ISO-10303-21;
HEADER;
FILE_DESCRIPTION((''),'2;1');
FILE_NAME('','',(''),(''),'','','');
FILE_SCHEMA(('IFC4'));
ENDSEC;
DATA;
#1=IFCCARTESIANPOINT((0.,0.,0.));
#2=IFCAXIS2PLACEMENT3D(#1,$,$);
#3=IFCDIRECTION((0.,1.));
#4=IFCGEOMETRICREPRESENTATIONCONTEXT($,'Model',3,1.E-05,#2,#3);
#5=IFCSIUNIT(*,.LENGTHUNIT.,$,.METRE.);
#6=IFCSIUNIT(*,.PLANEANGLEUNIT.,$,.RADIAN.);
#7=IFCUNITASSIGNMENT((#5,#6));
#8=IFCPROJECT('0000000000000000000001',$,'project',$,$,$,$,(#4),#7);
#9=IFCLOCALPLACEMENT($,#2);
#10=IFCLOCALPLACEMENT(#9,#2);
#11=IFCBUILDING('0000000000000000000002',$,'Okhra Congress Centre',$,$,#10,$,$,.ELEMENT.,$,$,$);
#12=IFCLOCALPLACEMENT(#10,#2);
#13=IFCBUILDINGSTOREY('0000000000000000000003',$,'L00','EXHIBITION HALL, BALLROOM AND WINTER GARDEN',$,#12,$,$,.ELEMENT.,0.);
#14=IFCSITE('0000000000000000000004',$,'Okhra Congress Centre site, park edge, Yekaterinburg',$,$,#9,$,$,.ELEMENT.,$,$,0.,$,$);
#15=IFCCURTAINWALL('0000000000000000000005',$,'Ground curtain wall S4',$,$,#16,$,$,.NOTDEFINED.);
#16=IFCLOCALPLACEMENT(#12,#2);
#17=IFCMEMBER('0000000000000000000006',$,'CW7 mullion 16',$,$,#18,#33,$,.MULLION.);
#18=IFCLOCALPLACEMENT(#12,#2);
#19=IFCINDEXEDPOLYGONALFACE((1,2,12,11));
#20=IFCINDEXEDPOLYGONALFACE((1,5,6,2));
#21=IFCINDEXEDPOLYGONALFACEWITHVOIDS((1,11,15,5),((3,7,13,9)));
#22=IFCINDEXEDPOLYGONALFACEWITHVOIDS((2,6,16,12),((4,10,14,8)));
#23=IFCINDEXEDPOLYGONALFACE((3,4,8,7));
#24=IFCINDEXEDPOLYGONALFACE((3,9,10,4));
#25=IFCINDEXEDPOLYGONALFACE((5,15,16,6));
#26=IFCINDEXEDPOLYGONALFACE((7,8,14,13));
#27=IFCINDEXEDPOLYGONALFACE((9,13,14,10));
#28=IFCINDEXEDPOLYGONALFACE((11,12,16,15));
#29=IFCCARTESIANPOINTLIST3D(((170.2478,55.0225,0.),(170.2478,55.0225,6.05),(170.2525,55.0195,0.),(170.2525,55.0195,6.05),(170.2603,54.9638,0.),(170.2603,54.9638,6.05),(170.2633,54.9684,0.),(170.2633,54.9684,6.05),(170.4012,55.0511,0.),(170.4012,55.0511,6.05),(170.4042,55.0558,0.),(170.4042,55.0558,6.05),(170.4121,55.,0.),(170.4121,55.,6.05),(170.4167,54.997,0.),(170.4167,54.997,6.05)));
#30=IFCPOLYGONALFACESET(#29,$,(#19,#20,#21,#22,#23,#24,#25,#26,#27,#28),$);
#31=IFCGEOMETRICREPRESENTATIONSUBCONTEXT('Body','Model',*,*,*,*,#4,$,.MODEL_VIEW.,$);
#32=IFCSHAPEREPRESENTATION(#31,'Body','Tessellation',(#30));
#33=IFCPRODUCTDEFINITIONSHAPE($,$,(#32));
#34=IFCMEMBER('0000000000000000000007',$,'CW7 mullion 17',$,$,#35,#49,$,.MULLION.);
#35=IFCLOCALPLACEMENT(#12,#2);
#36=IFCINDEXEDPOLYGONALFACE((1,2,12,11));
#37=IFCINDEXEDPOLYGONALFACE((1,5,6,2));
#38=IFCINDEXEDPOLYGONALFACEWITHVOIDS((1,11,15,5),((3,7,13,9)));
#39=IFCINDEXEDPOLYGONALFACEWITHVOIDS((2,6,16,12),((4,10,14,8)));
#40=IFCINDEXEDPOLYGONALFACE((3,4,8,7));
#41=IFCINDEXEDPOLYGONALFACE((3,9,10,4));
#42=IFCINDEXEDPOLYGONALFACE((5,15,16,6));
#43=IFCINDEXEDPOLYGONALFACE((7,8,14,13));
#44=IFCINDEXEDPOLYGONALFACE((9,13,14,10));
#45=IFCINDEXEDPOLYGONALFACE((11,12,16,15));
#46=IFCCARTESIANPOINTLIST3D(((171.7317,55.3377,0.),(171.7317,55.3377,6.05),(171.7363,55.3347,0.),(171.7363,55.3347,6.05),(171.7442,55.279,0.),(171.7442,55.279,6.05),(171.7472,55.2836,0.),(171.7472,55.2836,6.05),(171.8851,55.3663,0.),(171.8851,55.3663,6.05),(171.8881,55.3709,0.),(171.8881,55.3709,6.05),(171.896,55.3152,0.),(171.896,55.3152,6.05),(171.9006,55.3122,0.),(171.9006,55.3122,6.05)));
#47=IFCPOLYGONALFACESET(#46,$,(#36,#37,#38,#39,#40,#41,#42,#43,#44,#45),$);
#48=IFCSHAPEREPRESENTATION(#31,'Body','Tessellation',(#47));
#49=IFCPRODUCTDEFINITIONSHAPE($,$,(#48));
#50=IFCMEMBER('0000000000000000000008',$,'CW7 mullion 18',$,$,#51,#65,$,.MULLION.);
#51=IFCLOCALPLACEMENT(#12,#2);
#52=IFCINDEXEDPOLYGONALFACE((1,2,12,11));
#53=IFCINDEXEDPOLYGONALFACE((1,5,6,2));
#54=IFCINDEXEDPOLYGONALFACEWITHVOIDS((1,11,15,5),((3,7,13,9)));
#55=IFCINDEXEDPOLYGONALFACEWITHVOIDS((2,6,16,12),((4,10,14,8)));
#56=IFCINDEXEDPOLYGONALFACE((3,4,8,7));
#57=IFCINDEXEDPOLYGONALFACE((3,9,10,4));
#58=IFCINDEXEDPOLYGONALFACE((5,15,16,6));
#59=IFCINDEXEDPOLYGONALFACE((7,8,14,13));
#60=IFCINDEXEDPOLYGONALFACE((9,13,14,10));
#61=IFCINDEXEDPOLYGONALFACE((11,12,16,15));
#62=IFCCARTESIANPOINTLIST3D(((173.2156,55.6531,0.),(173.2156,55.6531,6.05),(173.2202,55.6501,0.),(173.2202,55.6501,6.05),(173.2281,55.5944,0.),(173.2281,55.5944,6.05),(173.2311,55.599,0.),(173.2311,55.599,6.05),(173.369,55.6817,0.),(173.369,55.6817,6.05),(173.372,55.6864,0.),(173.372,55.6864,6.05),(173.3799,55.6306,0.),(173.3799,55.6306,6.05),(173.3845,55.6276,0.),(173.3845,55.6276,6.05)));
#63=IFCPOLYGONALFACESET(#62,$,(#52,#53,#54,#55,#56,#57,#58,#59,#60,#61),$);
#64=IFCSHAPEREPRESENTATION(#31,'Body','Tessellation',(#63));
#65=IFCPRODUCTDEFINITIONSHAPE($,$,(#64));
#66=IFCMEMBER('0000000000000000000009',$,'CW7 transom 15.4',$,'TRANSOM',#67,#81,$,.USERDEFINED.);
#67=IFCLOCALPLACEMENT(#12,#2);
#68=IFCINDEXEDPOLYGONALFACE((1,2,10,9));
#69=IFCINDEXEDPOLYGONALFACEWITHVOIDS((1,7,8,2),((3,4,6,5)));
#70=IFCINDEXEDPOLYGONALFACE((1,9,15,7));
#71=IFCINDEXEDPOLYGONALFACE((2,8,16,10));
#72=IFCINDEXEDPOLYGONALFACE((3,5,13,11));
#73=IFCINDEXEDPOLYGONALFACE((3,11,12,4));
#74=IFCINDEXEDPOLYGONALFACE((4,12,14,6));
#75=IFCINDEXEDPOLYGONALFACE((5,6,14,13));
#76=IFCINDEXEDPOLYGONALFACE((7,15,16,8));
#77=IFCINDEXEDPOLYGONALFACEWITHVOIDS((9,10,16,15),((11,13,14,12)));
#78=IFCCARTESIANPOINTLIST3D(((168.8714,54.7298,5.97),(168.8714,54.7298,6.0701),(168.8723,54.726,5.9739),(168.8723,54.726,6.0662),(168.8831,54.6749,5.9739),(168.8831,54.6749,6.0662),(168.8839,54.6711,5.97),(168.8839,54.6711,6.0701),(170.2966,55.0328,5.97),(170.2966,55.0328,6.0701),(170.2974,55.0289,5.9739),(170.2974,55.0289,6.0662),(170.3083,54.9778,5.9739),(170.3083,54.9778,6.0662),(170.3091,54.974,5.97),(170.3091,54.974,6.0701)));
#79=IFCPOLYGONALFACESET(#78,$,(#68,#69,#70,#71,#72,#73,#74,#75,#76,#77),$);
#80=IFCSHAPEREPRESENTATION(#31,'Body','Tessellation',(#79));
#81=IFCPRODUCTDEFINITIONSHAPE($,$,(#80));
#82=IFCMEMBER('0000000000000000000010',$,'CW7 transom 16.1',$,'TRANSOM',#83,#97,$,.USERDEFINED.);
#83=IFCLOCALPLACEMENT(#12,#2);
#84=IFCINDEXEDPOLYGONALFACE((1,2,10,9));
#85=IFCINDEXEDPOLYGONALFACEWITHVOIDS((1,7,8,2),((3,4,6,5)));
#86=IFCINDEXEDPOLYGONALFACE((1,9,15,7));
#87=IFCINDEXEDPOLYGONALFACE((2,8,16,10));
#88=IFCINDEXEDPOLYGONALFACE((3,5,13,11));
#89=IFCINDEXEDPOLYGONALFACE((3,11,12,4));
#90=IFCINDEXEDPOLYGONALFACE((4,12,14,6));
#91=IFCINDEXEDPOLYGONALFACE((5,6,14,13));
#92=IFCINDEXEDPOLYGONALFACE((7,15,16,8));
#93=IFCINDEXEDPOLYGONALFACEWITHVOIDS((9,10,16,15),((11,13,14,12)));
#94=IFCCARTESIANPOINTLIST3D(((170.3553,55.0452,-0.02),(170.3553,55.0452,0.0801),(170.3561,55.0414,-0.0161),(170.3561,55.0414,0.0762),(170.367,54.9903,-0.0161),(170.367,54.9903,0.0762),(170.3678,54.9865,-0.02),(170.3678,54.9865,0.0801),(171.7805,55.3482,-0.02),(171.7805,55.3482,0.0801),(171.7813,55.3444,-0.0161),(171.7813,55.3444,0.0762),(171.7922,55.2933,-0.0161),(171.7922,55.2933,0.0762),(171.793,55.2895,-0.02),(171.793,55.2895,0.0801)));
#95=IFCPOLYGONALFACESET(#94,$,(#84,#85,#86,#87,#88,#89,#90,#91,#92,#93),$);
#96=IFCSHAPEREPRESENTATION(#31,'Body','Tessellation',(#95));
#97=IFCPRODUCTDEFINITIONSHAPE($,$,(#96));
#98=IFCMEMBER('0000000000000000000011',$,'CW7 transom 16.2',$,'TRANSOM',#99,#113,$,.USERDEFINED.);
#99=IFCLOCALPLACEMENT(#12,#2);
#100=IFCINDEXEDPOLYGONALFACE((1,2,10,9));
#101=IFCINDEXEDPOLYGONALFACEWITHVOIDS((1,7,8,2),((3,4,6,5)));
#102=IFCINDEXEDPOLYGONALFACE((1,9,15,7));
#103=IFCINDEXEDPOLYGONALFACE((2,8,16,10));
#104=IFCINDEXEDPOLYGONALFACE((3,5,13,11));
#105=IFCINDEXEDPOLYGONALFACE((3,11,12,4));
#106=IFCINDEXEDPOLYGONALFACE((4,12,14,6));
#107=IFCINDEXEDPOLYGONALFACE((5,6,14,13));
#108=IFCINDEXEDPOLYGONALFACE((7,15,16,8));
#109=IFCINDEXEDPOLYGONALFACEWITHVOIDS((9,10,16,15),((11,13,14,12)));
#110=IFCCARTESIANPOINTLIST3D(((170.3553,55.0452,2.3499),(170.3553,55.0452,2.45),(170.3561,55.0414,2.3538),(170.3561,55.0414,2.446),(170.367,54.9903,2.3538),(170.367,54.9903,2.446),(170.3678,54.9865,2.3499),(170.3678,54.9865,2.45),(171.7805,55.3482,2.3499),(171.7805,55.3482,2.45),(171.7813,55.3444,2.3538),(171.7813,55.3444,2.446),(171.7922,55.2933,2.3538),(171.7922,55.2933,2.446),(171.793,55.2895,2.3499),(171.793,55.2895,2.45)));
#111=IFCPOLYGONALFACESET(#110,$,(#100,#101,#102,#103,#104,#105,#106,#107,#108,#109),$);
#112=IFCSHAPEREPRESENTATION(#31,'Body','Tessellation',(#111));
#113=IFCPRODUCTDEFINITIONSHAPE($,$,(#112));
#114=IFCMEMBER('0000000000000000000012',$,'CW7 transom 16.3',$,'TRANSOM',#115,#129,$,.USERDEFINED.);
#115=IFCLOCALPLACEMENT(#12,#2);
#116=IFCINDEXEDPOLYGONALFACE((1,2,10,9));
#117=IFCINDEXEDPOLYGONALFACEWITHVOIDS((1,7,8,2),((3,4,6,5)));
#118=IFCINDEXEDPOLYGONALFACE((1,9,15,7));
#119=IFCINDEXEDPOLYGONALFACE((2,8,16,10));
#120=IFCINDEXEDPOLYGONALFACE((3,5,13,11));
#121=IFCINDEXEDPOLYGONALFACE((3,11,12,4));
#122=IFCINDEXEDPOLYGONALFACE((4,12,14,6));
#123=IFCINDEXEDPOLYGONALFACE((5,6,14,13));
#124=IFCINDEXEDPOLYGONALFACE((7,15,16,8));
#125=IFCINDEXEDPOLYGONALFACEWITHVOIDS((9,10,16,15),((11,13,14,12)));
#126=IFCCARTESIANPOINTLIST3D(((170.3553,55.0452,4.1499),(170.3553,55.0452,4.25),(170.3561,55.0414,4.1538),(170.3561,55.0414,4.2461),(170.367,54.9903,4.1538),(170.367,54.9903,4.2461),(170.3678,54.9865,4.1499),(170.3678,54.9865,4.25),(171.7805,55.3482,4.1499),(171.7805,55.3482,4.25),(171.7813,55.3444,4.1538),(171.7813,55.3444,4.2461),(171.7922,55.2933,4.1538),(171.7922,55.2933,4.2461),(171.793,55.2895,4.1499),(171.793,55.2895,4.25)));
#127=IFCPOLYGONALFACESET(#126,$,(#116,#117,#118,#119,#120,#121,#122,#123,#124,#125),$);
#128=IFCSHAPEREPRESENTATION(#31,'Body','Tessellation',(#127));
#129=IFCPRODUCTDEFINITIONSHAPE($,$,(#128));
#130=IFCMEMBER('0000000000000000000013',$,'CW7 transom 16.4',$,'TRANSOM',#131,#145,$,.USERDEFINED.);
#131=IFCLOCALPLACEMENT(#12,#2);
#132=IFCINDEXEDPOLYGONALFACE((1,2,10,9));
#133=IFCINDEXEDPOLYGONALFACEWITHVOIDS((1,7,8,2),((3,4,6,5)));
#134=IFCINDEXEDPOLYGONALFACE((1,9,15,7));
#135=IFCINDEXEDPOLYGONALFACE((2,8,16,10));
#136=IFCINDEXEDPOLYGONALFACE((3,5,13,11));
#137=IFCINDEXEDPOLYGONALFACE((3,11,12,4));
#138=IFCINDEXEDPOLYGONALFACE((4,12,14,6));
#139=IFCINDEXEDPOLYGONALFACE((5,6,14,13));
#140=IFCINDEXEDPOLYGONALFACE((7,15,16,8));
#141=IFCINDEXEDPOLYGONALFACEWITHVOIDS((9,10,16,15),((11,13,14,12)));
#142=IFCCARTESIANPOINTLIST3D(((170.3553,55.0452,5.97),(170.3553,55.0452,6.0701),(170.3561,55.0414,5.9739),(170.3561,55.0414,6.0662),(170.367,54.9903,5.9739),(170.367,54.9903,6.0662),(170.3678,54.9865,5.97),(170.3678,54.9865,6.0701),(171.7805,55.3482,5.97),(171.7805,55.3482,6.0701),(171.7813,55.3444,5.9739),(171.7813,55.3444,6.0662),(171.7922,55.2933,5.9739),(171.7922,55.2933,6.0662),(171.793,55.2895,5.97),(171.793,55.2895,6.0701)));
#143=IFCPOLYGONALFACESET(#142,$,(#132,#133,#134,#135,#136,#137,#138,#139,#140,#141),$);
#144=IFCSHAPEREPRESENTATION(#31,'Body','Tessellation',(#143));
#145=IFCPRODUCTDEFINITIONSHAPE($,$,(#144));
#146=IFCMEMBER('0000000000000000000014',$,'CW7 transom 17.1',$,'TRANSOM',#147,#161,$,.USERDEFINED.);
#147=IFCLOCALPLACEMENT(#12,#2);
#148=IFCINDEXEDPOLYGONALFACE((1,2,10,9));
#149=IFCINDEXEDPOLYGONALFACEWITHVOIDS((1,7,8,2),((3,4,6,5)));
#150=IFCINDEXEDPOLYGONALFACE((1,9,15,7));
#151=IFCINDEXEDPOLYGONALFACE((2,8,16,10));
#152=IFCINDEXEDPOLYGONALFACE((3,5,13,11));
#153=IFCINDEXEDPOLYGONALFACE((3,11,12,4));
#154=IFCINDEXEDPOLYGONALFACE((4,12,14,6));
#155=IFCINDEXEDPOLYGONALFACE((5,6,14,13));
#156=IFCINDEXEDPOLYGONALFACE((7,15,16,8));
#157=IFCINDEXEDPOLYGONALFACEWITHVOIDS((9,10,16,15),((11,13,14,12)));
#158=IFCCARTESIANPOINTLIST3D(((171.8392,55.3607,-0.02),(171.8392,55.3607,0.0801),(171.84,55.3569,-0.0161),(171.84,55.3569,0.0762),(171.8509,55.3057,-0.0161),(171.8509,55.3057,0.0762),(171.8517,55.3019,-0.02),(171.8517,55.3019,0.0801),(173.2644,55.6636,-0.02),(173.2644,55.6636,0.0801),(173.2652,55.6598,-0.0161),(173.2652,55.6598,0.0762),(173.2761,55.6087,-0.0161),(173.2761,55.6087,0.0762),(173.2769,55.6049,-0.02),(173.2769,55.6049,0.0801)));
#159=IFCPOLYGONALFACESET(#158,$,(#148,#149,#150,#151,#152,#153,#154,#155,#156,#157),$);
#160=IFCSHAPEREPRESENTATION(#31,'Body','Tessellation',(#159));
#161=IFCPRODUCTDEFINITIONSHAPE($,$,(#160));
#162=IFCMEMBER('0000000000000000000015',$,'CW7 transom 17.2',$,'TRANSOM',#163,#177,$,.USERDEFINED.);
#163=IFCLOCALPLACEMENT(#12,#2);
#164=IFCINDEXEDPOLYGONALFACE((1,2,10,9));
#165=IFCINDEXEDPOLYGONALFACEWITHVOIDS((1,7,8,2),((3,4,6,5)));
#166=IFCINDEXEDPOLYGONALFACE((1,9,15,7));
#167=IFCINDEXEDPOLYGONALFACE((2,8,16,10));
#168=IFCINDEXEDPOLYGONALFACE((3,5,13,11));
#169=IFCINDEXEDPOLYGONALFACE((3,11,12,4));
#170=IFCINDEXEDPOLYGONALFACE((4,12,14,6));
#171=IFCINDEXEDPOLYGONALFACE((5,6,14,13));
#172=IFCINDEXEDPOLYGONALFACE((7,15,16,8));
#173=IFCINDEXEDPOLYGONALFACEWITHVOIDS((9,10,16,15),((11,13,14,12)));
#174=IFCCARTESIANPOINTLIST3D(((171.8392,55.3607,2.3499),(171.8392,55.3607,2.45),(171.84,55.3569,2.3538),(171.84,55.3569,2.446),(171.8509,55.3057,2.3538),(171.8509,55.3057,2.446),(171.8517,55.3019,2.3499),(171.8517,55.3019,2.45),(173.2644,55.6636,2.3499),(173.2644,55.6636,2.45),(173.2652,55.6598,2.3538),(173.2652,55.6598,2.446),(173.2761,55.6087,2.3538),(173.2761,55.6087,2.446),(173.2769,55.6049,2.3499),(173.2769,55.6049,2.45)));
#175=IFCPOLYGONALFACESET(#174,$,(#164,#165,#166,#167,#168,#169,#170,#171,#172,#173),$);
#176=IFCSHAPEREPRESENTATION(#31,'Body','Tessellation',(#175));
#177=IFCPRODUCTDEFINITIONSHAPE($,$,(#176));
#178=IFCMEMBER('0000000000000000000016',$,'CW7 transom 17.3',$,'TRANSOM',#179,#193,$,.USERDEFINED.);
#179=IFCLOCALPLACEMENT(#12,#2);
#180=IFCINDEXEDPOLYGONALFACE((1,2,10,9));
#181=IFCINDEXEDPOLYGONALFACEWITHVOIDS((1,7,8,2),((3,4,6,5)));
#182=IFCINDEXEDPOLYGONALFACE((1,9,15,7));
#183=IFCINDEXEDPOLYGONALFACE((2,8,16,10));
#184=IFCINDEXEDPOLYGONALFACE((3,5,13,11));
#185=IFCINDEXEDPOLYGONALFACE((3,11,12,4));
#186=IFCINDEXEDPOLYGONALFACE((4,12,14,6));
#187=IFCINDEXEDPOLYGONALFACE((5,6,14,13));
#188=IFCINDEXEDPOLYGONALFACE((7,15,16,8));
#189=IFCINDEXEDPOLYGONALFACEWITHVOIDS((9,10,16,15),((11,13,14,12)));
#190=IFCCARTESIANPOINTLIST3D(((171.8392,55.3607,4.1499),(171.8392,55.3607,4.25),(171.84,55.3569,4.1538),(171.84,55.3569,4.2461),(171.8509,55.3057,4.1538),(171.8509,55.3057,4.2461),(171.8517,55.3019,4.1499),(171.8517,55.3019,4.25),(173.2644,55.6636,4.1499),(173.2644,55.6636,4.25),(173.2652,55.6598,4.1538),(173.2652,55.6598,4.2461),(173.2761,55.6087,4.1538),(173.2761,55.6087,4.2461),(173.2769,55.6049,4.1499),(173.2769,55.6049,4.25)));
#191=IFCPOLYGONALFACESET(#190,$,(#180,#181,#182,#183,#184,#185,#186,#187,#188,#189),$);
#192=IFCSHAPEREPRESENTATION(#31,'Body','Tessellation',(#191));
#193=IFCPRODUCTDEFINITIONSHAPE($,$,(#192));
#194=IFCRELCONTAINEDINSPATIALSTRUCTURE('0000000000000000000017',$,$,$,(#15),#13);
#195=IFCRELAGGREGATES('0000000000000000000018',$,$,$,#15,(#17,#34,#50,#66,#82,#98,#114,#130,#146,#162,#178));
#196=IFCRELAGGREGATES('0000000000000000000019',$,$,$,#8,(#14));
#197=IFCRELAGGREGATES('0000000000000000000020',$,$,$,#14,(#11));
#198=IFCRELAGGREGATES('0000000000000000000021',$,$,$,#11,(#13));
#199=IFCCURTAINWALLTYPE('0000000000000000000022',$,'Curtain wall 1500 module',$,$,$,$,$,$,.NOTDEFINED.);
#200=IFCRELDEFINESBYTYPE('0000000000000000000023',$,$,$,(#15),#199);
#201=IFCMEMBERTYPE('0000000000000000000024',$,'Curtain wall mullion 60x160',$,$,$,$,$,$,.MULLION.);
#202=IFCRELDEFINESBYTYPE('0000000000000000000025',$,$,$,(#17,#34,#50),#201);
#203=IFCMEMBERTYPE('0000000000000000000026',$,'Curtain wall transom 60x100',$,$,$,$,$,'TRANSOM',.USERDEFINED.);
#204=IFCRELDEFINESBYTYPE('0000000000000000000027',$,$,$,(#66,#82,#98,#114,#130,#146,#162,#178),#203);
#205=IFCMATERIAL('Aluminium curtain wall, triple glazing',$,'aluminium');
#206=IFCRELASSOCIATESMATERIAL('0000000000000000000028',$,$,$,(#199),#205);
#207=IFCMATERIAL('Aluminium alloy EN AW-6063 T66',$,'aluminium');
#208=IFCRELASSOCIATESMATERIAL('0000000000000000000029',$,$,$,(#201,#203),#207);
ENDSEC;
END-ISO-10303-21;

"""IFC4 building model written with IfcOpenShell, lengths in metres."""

from ifc_helpers import new_model, si_unit, direction, frame, origin, origin_2d, place, context, subcontext, project, spatial, hollow_rectangle, extrude, material, material_profile, profile_set, type_object, element, aggregate, save


model = new_model("IFC4")

# Units and contexts
model_context = context("Model", 3, precision=1e-05, world=origin(), true_north=direction((0.0, 1.0)))
body_context = subcontext(model_context, "Body", "Model", "MODEL_VIEW")
ifc_project = project(units=[si_unit("LENGTHUNIT", "METRE"), si_unit("PLANEANGLEUNIT", "RADIAN")], contexts=[model_context])

# Site, building, storey
site_placement = place(None, origin())
site = spatial("IfcSite", under=ifc_project, at=site_placement, Name="Okhra Congress Centre site, park edge, Yekaterinburg", CompositionType="ELEMENT", RefElevation=0.0)
building_placement = place(site_placement, origin())
building = spatial("IfcBuilding", under=site, at=building_placement, Name="Okhra Congress Centre", CompositionType="ELEMENT")
storey_placement = place(building_placement, origin())
storey = spatial("IfcBuildingStorey", under=building, at=storey_placement, Name="L00", Description="EXHIBITION HALL, BALLROOM AND WINTER GARDEN", CompositionType="ELEMENT", Elevation=0.0)

# Curtain wall, members
ifc_material_1 = material(Name="Aluminium curtain wall, triple glazing", Category="aluminium")
curtain_wall_type = type_object("IfcCurtainWallType", Name="Curtain wall 1500 module", PredefinedType="NOTDEFINED", material=ifc_material_1)
curtain_wall_placement = place(storey_placement, origin())
curtain_wall = element("IfcCurtainWall", 1, at=curtain_wall_placement, inside=storey, type_object=curtain_wall_type, Name="Ground curtain wall S4", PredefinedType="NOTDEFINED")
ifc_material_2 = material(Name="Aluminium alloy EN AW-6063 T66", Category="aluminium")
ifc_material_profile_1 = material_profile(ifc_material_2, hollow_rectangle(XDim=0.0601, YDim=0.1599, WallThickness=0.0039, at=origin_2d()), Name="RHS 60x160x4")
ifc_profile_set_1 = profile_set([ifc_material_profile_1], Name="Aluminium alloy EN AW-6063 T66")
member_type_1 = type_object("IfcMemberType", Name="Curtain wall mullion 60x160", PredefinedType="MULLION", material=ifc_profile_set_1)
member_1_placement = place(storey_placement, frame((170.3323, 55.0098, 0.0), z_axis=(0.0, 0.0, 1.0), x_axis=(-0.207912, 0.978148, 0.0)))
member_1 = element("IfcMember", 2, at=member_1_placement, type_object=member_type_1, Name="CW7 mullion 16", PredefinedType="MULLION", context=body_context, shape_type="SweptSolid", body=[
    extrude(hollow_rectangle(XDim=0.0601, YDim=0.1599, WallThickness=0.0039, at=origin_2d()), origin(), (0.0, 0.0, 1.0), 6.05),
])
member_2_placement = place(storey_placement, frame((171.8162, 55.325, 0.0), z_axis=(0.0, 0.0, 1.0), x_axis=(-0.207912, 0.978148, 0.0)))
member_2 = element("IfcMember", 3, at=member_2_placement, type_object=member_type_1, Name="CW7 mullion 17", PredefinedType="MULLION", context=body_context, shape_type="SweptSolid", body=[
    extrude(hollow_rectangle(XDim=0.0601, YDim=0.1599, WallThickness=0.0039, at=origin_2d()), origin(), (0.0, 0.0, 1.0), 6.05),
])
member_3_placement = place(storey_placement, frame((173.3, 55.6404, 0.0), z_axis=(0.0, 0.0, 1.0), x_axis=(-0.207912, 0.978148, 0.0)))
member_3 = element("IfcMember", 4, at=member_3_placement, type_object=member_type_1, Name="CW7 mullion 18", PredefinedType="MULLION", context=body_context, shape_type="SweptSolid", body=[
    extrude(hollow_rectangle(XDim=0.0601, YDim=0.1599, WallThickness=0.0039, at=origin_2d()), origin(), (0.0, 0.0, 1.0), 6.05),
])
ifc_material_profile_2 = material_profile(ifc_material_2, hollow_rectangle(XDim=0.0601, YDim=0.1001, WallThickness=0.0039, at=origin_2d()), Name="RHS 60x100x4")
ifc_profile_set_2 = profile_set([ifc_material_profile_2], Name="Aluminium alloy EN AW-6063 T66")
member_type_2 = type_object("IfcMemberType", Name="Curtain wall transom 60x100", ElementType="TRANSOM", PredefinedType="USERDEFINED", material=ifc_profile_set_2)
member_4_placement = place(storey_placement, frame((168.8777, 54.7004, 6.02), z_axis=(0.978144, 0.207927, 0.0), x_axis=(-0.207927, 0.978144, 0.0)))
member_4 = element("IfcMember", 5, at=member_4_placement, type_object=member_type_2, Name="CW7 transom 15.4", ObjectType="TRANSOM", PredefinedType="USERDEFINED", context=body_context, shape_type="SweptSolid", body=[
    extrude(hollow_rectangle(XDim=0.0601, YDim=0.1001, WallThickness=0.0039, at=origin_2d()), origin(), (0.0, 0.0, 1.0), 1.457),
])
member_5_placement = place(storey_placement, frame((170.3616, 55.0159, 0.03), z_axis=(0.978144, 0.207927, 0.0), x_axis=(-0.207927, 0.978144, 0.0)))
member_5 = element("IfcMember", 6, at=member_5_placement, type_object=member_type_2, Name="CW7 transom 16.1", ObjectType="TRANSOM", PredefinedType="USERDEFINED", context=body_context, shape_type="SweptSolid", body=[
    extrude(hollow_rectangle(XDim=0.0601, YDim=0.1001, WallThickness=0.0039, at=origin_2d()), origin(), (0.0, 0.0, 1.0), 1.457),
])
member_6_placement = place(storey_placement, frame((170.3616, 55.0159, 2.3999), z_axis=(0.978144, 0.207927, 0.0), x_axis=(-0.207927, 0.978144, 0.0)))
member_6 = element("IfcMember", 7, at=member_6_placement, type_object=member_type_2, Name="CW7 transom 16.2", ObjectType="TRANSOM", PredefinedType="USERDEFINED", context=body_context, shape_type="SweptSolid", body=[
    extrude(hollow_rectangle(XDim=0.0601, YDim=0.1001, WallThickness=0.0039, at=origin_2d()), origin(), (0.0, 0.0, 1.0), 1.457),
])
member_7_placement = place(storey_placement, frame((170.3616, 55.0159, 4.2), z_axis=(0.978144, 0.207927, 0.0), x_axis=(-0.207927, 0.978144, 0.0)))
member_7 = element("IfcMember", 8, at=member_7_placement, type_object=member_type_2, Name="CW7 transom 16.3", ObjectType="TRANSOM", PredefinedType="USERDEFINED", context=body_context, shape_type="SweptSolid", body=[
    extrude(hollow_rectangle(XDim=0.0601, YDim=0.1001, WallThickness=0.0039, at=origin_2d()), origin(), (0.0, 0.0, 1.0), 1.457),
])
member_8_placement = place(storey_placement, frame((170.3616, 55.0159, 6.02), z_axis=(0.978144, 0.207927, 0.0), x_axis=(-0.207927, 0.978144, 0.0)))
member_8 = element("IfcMember", 9, at=member_8_placement, type_object=member_type_2, Name="CW7 transom 16.4", ObjectType="TRANSOM", PredefinedType="USERDEFINED", context=body_context, shape_type="SweptSolid", body=[
    extrude(hollow_rectangle(XDim=0.0601, YDim=0.1001, WallThickness=0.0039, at=origin_2d()), origin(), (0.0, 0.0, 1.0), 1.457),
])
member_9_placement = place(storey_placement, frame((171.8455, 55.3313, 0.03), z_axis=(0.978144, 0.207927, 0.0), x_axis=(-0.207927, 0.978144, 0.0)))
member_9 = element("IfcMember", 10, at=member_9_placement, type_object=member_type_2, Name="CW7 transom 17.1", ObjectType="TRANSOM", PredefinedType="USERDEFINED", context=body_context, shape_type="SweptSolid", body=[
    extrude(hollow_rectangle(XDim=0.0601, YDim=0.1001, WallThickness=0.0039, at=origin_2d()), origin(), (0.0, 0.0, 1.0), 1.457),
])
member_10_placement = place(storey_placement, frame((171.8455, 55.3313, 2.3999), z_axis=(0.978144, 0.207927, 0.0), x_axis=(-0.207927, 0.978144, 0.0)))
member_10 = element("IfcMember", 11, at=member_10_placement, type_object=member_type_2, Name="CW7 transom 17.2", ObjectType="TRANSOM", PredefinedType="USERDEFINED", context=body_context, shape_type="SweptSolid", body=[
    extrude(hollow_rectangle(XDim=0.0601, YDim=0.1001, WallThickness=0.0039, at=origin_2d()), origin(), (0.0, 0.0, 1.0), 1.457),
])
member_11_placement = place(storey_placement, frame((171.8455, 55.3313, 4.2), z_axis=(0.978144, 0.207927, 0.0), x_axis=(-0.207927, 0.978144, 0.0)))
member_11 = element("IfcMember", 12, at=member_11_placement, type_object=member_type_2, Name="CW7 transom 17.3", ObjectType="TRANSOM", PredefinedType="USERDEFINED", context=body_context, shape_type="SweptSolid", body=[
    extrude(hollow_rectangle(XDim=0.0601, YDim=0.1001, WallThickness=0.0039, at=origin_2d()), origin(), (0.0, 0.0, 1.0), 1.457),
])
aggregate(curtain_wall, [member_1, member_2, member_3, member_4, member_5, member_6, member_7, member_8, member_9, member_10, member_11])

save(model, "model.ifc")
